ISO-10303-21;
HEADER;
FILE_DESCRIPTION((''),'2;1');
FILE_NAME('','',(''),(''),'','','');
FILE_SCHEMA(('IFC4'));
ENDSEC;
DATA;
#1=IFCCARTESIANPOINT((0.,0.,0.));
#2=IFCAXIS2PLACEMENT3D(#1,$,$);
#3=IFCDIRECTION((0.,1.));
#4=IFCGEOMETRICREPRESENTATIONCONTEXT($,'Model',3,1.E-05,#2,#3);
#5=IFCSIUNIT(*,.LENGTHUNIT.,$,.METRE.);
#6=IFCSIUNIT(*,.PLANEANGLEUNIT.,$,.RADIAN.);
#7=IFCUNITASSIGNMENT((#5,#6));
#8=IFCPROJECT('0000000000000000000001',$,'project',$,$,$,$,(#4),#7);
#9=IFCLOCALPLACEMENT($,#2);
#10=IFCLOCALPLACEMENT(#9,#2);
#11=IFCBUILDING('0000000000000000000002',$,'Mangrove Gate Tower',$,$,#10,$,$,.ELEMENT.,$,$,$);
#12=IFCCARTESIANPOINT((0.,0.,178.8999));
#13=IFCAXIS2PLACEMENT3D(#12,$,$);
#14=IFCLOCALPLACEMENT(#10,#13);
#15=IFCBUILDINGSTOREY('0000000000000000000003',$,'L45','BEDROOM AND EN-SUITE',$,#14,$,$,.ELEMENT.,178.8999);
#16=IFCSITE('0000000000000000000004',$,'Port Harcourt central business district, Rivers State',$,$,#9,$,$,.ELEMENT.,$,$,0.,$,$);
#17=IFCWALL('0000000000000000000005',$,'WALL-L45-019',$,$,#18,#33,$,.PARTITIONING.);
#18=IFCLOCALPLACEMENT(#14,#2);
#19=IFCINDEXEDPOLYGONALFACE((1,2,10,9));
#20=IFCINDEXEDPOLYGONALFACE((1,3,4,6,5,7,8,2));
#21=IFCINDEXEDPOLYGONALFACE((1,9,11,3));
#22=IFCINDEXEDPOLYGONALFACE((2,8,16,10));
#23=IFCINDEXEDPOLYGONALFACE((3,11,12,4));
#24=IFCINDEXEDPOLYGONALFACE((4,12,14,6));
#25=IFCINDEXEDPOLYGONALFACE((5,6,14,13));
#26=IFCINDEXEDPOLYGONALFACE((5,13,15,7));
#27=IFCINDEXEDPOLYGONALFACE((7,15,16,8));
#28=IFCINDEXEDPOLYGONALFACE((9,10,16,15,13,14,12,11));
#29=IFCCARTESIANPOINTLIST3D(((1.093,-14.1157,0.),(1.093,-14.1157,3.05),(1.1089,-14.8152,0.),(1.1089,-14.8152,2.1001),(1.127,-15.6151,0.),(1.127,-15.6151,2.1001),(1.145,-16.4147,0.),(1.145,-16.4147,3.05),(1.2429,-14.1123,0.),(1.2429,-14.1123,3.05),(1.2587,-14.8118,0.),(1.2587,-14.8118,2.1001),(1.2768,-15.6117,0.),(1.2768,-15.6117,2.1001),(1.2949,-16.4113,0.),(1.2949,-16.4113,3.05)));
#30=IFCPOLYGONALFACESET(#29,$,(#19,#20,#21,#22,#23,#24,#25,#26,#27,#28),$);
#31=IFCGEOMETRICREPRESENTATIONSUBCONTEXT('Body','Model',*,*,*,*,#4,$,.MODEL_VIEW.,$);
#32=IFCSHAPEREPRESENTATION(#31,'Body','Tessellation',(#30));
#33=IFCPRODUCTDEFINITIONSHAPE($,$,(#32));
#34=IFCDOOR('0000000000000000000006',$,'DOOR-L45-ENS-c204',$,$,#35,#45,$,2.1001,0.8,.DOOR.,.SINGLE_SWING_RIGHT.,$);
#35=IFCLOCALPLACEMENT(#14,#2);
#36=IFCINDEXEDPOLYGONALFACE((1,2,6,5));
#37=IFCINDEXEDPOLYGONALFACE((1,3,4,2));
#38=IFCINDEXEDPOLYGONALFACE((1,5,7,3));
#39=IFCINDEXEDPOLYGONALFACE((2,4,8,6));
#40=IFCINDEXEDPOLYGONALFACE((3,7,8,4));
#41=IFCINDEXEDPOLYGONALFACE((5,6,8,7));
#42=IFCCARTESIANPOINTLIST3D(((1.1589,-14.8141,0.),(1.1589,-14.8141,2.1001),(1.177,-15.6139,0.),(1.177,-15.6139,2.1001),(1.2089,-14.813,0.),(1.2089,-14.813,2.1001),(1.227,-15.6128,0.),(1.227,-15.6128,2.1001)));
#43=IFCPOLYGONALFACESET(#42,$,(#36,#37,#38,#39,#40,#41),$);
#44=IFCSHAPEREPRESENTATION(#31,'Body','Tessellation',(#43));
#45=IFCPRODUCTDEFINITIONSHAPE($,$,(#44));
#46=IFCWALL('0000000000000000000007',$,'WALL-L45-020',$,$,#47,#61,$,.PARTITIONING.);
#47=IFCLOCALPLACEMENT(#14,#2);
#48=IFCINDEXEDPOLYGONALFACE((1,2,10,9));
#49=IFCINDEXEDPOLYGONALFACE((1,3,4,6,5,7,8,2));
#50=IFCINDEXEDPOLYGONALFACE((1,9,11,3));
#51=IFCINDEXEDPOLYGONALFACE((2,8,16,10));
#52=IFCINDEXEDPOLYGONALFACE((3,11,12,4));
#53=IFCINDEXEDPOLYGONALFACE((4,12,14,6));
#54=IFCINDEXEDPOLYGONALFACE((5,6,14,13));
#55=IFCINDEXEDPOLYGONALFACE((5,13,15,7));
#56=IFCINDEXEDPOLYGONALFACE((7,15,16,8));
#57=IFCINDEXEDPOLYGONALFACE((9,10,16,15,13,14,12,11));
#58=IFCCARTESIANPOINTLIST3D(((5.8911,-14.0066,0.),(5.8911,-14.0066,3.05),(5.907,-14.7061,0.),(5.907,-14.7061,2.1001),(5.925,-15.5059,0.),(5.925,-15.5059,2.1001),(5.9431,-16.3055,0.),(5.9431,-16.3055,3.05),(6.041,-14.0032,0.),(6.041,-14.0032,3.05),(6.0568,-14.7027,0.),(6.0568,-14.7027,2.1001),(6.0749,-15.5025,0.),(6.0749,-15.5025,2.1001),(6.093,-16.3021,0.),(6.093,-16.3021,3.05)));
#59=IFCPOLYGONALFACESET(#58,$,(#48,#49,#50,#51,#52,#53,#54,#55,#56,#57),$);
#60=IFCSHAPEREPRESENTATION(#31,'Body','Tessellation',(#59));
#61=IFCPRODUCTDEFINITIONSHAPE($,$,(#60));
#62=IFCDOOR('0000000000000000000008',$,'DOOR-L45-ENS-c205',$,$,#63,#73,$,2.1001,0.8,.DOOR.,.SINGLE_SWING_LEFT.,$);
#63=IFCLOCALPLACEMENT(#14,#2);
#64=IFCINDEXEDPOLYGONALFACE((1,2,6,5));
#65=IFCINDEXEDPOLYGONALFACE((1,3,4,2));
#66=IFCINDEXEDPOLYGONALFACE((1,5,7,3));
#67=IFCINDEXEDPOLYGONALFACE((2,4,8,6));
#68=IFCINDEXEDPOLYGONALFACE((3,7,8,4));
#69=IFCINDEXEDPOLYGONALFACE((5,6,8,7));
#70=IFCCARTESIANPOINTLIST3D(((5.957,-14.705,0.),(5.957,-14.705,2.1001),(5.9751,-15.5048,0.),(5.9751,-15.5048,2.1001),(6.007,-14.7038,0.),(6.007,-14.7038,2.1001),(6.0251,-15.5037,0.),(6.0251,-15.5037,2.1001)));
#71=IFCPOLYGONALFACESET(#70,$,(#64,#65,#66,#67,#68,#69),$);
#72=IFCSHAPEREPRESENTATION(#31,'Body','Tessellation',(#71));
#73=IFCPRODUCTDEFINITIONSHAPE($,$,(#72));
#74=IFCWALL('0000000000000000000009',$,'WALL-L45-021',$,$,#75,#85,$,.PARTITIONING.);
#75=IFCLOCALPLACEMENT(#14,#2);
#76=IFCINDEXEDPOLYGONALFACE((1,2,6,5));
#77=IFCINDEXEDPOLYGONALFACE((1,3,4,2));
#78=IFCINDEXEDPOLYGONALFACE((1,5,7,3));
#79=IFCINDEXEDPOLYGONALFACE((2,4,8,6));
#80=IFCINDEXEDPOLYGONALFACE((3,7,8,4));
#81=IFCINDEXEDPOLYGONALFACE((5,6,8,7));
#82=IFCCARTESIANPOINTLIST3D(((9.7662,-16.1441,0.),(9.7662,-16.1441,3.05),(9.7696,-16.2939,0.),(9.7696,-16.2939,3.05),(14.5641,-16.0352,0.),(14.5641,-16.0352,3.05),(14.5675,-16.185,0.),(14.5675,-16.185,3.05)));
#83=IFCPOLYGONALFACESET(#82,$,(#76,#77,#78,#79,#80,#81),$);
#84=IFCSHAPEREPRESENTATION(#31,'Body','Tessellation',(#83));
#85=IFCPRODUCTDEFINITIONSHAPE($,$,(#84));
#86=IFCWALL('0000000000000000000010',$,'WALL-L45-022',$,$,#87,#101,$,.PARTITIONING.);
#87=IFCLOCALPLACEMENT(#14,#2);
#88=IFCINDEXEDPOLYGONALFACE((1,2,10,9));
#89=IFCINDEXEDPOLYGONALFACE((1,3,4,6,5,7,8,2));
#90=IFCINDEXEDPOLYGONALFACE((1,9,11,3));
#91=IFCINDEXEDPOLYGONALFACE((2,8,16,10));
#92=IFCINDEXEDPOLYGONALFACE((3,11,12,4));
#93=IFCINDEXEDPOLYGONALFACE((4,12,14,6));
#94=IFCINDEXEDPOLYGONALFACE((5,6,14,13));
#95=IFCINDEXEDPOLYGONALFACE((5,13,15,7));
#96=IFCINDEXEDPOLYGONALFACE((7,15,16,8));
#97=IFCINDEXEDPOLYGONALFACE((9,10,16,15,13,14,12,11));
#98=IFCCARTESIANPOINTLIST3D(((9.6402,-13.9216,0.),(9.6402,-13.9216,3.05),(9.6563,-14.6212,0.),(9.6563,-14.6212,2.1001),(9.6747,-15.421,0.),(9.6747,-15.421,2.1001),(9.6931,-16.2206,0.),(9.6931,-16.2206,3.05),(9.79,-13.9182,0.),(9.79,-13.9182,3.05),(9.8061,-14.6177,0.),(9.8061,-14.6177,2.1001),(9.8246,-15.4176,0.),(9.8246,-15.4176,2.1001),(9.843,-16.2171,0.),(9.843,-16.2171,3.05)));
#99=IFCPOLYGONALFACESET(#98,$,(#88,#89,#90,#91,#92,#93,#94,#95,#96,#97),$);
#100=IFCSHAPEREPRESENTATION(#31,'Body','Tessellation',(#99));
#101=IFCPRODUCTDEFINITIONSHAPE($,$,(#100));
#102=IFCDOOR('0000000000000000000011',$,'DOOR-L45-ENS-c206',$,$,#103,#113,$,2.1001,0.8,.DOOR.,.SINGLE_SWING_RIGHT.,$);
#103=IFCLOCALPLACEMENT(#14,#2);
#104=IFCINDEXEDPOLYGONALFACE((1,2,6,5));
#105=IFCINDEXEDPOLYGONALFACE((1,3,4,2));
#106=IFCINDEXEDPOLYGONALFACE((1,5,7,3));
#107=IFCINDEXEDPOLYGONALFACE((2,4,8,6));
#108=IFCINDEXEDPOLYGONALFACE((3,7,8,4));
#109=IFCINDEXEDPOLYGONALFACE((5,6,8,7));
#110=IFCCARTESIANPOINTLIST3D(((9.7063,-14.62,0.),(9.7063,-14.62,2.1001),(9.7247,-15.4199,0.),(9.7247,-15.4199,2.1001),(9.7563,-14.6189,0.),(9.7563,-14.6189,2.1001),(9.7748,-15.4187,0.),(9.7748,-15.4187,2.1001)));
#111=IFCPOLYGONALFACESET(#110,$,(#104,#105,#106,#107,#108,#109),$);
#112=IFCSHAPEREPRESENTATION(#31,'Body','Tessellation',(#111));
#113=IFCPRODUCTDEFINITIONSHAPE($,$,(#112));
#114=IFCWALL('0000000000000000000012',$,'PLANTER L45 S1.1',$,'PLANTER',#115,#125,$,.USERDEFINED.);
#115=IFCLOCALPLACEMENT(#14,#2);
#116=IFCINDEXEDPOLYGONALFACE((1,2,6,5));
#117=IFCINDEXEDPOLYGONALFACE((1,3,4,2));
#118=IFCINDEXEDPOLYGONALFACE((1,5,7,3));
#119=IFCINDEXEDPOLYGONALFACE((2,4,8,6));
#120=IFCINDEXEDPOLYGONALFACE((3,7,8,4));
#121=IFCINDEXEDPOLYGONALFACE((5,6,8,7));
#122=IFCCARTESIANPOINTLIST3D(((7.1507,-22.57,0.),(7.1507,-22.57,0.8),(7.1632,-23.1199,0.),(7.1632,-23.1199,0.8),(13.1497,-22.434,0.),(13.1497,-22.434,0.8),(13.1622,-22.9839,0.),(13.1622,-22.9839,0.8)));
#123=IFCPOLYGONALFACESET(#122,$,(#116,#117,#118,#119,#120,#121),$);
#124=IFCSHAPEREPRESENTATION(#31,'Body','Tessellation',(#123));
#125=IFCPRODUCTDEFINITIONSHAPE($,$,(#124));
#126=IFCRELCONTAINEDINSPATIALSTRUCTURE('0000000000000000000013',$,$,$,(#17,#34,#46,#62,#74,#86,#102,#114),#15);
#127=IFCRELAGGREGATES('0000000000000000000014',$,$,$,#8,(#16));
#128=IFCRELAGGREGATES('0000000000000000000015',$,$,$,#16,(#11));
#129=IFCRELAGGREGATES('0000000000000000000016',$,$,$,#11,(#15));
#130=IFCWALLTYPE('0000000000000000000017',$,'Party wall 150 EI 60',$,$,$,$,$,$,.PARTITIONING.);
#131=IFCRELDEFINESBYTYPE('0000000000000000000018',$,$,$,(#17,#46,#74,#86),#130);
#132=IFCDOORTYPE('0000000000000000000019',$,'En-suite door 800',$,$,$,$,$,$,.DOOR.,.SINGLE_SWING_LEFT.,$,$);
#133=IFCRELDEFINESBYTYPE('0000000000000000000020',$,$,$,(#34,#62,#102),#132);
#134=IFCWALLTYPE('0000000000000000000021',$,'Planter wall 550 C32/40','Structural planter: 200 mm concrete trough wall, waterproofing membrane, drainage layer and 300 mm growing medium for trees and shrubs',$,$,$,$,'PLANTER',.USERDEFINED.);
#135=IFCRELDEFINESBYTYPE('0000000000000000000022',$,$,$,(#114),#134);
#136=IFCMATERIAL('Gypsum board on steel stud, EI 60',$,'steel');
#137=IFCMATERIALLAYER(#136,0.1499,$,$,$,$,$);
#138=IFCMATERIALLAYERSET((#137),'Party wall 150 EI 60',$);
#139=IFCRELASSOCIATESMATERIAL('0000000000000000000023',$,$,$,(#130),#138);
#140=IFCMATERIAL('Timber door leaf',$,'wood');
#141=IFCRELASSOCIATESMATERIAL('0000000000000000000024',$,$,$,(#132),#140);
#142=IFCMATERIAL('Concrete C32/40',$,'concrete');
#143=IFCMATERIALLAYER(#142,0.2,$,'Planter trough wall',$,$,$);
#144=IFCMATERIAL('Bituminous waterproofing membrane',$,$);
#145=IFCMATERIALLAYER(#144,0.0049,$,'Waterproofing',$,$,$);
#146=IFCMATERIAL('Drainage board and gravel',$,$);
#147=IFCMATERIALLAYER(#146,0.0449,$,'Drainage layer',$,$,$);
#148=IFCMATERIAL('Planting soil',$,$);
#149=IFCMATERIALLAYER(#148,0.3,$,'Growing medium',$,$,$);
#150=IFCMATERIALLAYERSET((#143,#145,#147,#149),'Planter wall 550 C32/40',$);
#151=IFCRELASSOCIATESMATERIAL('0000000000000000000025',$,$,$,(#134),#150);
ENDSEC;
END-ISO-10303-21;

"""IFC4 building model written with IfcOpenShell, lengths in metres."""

from ifc_helpers import new_model, si_unit, direction, frame, frame_2d, origin, place, context, subcontext, project, spatial, rectangle, extrude, material, layer, layer_set, type_object, element, fill, save


model = new_model("IFC4")

# Units and contexts
model_context = context("Model", 3, precision=1e-05, world=origin(), true_north=direction((0.0, 1.0)))
body_context = subcontext(model_context, "Body", "Model", "MODEL_VIEW")
ifc_project = project(units=[si_unit("LENGTHUNIT", "METRE"), si_unit("PLANEANGLEUNIT", "RADIAN")], contexts=[model_context])

# Site, building, storey
site_placement = place(None, origin())
site = spatial("IfcSite", under=ifc_project, at=site_placement, Name="Port Harcourt central business district, Rivers State", CompositionType="ELEMENT", RefElevation=0.0)
building_placement = place(site_placement, origin())
building = spatial("IfcBuilding", under=site, at=building_placement, Name="Mangrove Gate Tower", CompositionType="ELEMENT")
storey_placement = place(building_placement, frame((0.0, 0.0, 178.8999)))
storey = spatial("IfcBuildingStorey", under=building, at=storey_placement, Name="L45", Description="BEDROOM AND EN-SUITE", CompositionType="ELEMENT", Elevation=178.8999)

# Shared definitions
ifc_material_1 = material(Name="Gypsum board on steel stud, EI 60", Category="steel")
ifc_layer_1 = layer(ifc_material_1, 0.1499)
ifc_layer_set_1 = layer_set([ifc_layer_1], Name="Party wall 150 EI 60")
wall_type_1 = type_object("IfcWallType", Name="Party wall 150 EI 60", PredefinedType="PARTITIONING", material=ifc_layer_set_1)

# Walls, openings, doors
wall_1_placement = place(storey_placement, frame((1.22, -16.4131, 0.0), z_axis=(0.0, 0.0, 1.0), x_axis=(-0.022613, 0.999744, 0.0)))
wall_1 = element("IfcWall", 1, at=wall_1_placement, inside=storey, type_object=wall_type_1, Name="WALL-L45-019", PredefinedType="PARTITIONING", context=body_context, shape_type="SweptSolid", body=[
    extrude(rectangle(XDim=2.2996, YDim=0.1499, at=frame_2d((1.1499, 0.0))), origin(), (0.0, 0.0, 1.0), 3.05),
])
opening_1_placement = place(wall_1_placement, frame((0.8, 0.0, 0.0)))
opening_1 = element("IfcOpeningElement", 2, at=opening_1_placement, cuts=wall_1, PredefinedType="OPENING", context=body_context, shape_type="SweptSolid", body=[
    extrude(rectangle(XDim=0.8, YDim=2.1001, at=frame_2d((0.3999, 1.05))), frame((0.0, 0.085, 0.0), z_axis=(0.0, -1.0, 0.0), x_axis=(1.0, 0.0, 0.0)), (0.0, 0.0, 1.0), 0.1699),
])
ifc_material_2 = material(Name="Timber door leaf", Category="wood")
door_type_1 = type_object("IfcDoorType", Name="En-suite door 800", OperationType="SINGLE_SWING_LEFT", PredefinedType="DOOR", material=ifc_material_2)
door_1_placement = place(opening_1_placement, origin())
door_1 = element("IfcDoor", 3, at=door_1_placement, inside=storey, type_object=door_type_1, Name="DOOR-L45-ENS-c204", OperationType="SINGLE_SWING_RIGHT", OverallHeight=2.1001, OverallWidth=0.8, PredefinedType="DOOR", context=body_context, shape_type="SweptSolid", body=[
    extrude(rectangle(XDim=0.8, YDim=2.1001, at=frame_2d((0.3999, 1.05))), frame((0.0, 0.0249, 0.0), z_axis=(0.0, -1.0, 0.0), x_axis=(1.0, 0.0, 0.0)), (0.0, 0.0, 1.0), 0.05),
])
fill(opening_1, door_1)
wall_2_placement = place(storey_placement, frame((6.0181, -16.304, 0.0), z_axis=(0.0, 0.0, 1.0), x_axis=(-0.022613, 0.999744, 0.0)))
wall_2 = element("IfcWall", 4, at=wall_2_placement, inside=storey, type_object=wall_type_1, Name="WALL-L45-020", PredefinedType="PARTITIONING", context=body_context, shape_type="SweptSolid", body=[
    extrude(rectangle(XDim=2.2996, YDim=0.1499, at=frame_2d((1.1499, 0.0))), origin(), (0.0, 0.0, 1.0), 3.05),
])
opening_2_placement = place(wall_2_placement, frame((0.8, 0.0, 0.0)))
opening_2 = element("IfcOpeningElement", 5, at=opening_2_placement, cuts=wall_2, PredefinedType="OPENING", context=body_context, shape_type="SweptSolid", body=[
    extrude(rectangle(XDim=0.8, YDim=2.1001, at=frame_2d((0.3999, 1.05))), frame((0.0, 0.085, 0.0), z_axis=(0.0, -1.0, 0.0), x_axis=(1.0, 0.0, 0.0)), (0.0, 0.0, 1.0), 0.1699),
])
door_2_placement = place(opening_2_placement, origin())
door_2 = element("IfcDoor", 6, at=door_2_placement, inside=storey, type_object=door_type_1, Name="DOOR-L45-ENS-c205", OperationType="SINGLE_SWING_LEFT", OverallHeight=2.1001, OverallWidth=0.8, PredefinedType="DOOR", context=body_context, shape_type="SweptSolid", body=[
    extrude(rectangle(XDim=0.8, YDim=2.1001, at=frame_2d((0.3999, 1.05))), frame((0.0, 0.0249, 0.0), z_axis=(0.0, -1.0, 0.0), x_axis=(1.0, 0.0, 0.0)), (0.0, 0.0, 1.0), 0.05),
])
fill(opening_2, door_2)

# Wall
wall_3_placement = place(storey_placement, frame((9.7681, -16.219, 0.0), z_axis=(0.0, 0.0, 1.0), x_axis=(0.999743, 0.022689, 0.0)))
element("IfcWall", 7, at=wall_3_placement, inside=storey, type_object=wall_type_1, Name="WALL-L45-021", PredefinedType="PARTITIONING", context=body_context, shape_type="SweptSolid", body=[
    extrude(rectangle(XDim=4.7991, YDim=0.1499, at=frame_2d((2.3994, 0.0))), origin(), (0.0, 0.0, 1.0), 3.05),
])

# Wall, opening, door
wall_4_placement = place(storey_placement, frame((9.7681, -16.219, 0.0), z_axis=(0.0, 0.0, 1.0), x_axis=(-0.023037, 0.999735, 0.0)))
wall_4 = element("IfcWall", 8, at=wall_4_placement, inside=storey, type_object=wall_type_1, Name="WALL-L45-022", PredefinedType="PARTITIONING", context=body_context, shape_type="SweptSolid", body=[
    extrude(rectangle(XDim=2.2996, YDim=0.1499, at=frame_2d((1.1499, 0.0))), origin(), (0.0, 0.0, 1.0), 3.05),
])
opening_3_placement = place(wall_4_placement, frame((0.8, 0.0, 0.0)))
opening_3 = element("IfcOpeningElement", 9, at=opening_3_placement, cuts=wall_4, PredefinedType="OPENING", context=body_context, shape_type="SweptSolid", body=[
    extrude(rectangle(XDim=0.8, YDim=2.1001, at=frame_2d((0.3999, 1.05))), frame((0.0, 0.085, 0.0), z_axis=(0.0, -1.0, 0.0), x_axis=(1.0, 0.0, 0.0)), (0.0, 0.0, 1.0), 0.1699),
])
door_3_placement = place(opening_3_placement, origin())
door_3 = element("IfcDoor", 10, at=door_3_placement, inside=storey, type_object=door_type_1, Name="DOOR-L45-ENS-c206", OperationType="SINGLE_SWING_RIGHT", OverallHeight=2.1001, OverallWidth=0.8, PredefinedType="DOOR", context=body_context, shape_type="SweptSolid", body=[
    extrude(rectangle(XDim=0.8, YDim=2.1001, at=frame_2d((0.3999, 1.05))), frame((0.0, 0.0249, 0.0), z_axis=(0.0, -1.0, 0.0), x_axis=(1.0, 0.0, 0.0)), (0.0, 0.0, 1.0), 0.05),
])
fill(opening_3, door_3)

# Wall
ifc_material_3 = material(Name="Concrete C32/40", Category="concrete")
ifc_layer_2 = layer(ifc_material_3, 0.2, Name="Planter trough wall")
ifc_material_4 = material(Name="Bituminous waterproofing membrane")
ifc_layer_3 = layer(ifc_material_4, 0.0049, Name="Waterproofing")
ifc_material_5 = material(Name="Drainage board and gravel")
ifc_layer_4 = layer(ifc_material_5, 0.0449, Name="Drainage layer")
ifc_material_6 = material(Name="Planting soil")
ifc_layer_5 = layer(ifc_material_6, 0.3, Name="Growing medium")
ifc_layer_set_2 = layer_set([ifc_layer_2, ifc_layer_3, ifc_layer_4, ifc_layer_5], Name="Planter wall 550 C32/40")
wall_type_2 = type_object("IfcWallType", Name="Planter wall 550 C32/40", Description="Structural planter: 200 mm concrete trough wall, waterproofing membrane, drainage layer and 300 mm growing medium for trees and shrubs", ElementType="PLANTER", PredefinedType="USERDEFINED", material=ifc_layer_set_2)
wall_5_placement = place(storey_placement, frame((7.157, -22.845, 0.0), z_axis=(0.0, 0.0, 1.0), x_axis=(0.999743, 0.022662, 0.0)))
element("IfcWall", 11, at=wall_5_placement, inside=storey, type_object=wall_type_2, Name="PLANTER L45 S1.1", ObjectType="PLANTER", PredefinedType="USERDEFINED", context=body_context, shape_type="SweptSolid", body=[
    extrude(rectangle(XDim=6.0005, YDim=0.55, at=frame_2d((3.0002, 0.0))), origin(), (0.0, 0.0, 1.0), 0.8),
])

save(model, "model.ifc")
